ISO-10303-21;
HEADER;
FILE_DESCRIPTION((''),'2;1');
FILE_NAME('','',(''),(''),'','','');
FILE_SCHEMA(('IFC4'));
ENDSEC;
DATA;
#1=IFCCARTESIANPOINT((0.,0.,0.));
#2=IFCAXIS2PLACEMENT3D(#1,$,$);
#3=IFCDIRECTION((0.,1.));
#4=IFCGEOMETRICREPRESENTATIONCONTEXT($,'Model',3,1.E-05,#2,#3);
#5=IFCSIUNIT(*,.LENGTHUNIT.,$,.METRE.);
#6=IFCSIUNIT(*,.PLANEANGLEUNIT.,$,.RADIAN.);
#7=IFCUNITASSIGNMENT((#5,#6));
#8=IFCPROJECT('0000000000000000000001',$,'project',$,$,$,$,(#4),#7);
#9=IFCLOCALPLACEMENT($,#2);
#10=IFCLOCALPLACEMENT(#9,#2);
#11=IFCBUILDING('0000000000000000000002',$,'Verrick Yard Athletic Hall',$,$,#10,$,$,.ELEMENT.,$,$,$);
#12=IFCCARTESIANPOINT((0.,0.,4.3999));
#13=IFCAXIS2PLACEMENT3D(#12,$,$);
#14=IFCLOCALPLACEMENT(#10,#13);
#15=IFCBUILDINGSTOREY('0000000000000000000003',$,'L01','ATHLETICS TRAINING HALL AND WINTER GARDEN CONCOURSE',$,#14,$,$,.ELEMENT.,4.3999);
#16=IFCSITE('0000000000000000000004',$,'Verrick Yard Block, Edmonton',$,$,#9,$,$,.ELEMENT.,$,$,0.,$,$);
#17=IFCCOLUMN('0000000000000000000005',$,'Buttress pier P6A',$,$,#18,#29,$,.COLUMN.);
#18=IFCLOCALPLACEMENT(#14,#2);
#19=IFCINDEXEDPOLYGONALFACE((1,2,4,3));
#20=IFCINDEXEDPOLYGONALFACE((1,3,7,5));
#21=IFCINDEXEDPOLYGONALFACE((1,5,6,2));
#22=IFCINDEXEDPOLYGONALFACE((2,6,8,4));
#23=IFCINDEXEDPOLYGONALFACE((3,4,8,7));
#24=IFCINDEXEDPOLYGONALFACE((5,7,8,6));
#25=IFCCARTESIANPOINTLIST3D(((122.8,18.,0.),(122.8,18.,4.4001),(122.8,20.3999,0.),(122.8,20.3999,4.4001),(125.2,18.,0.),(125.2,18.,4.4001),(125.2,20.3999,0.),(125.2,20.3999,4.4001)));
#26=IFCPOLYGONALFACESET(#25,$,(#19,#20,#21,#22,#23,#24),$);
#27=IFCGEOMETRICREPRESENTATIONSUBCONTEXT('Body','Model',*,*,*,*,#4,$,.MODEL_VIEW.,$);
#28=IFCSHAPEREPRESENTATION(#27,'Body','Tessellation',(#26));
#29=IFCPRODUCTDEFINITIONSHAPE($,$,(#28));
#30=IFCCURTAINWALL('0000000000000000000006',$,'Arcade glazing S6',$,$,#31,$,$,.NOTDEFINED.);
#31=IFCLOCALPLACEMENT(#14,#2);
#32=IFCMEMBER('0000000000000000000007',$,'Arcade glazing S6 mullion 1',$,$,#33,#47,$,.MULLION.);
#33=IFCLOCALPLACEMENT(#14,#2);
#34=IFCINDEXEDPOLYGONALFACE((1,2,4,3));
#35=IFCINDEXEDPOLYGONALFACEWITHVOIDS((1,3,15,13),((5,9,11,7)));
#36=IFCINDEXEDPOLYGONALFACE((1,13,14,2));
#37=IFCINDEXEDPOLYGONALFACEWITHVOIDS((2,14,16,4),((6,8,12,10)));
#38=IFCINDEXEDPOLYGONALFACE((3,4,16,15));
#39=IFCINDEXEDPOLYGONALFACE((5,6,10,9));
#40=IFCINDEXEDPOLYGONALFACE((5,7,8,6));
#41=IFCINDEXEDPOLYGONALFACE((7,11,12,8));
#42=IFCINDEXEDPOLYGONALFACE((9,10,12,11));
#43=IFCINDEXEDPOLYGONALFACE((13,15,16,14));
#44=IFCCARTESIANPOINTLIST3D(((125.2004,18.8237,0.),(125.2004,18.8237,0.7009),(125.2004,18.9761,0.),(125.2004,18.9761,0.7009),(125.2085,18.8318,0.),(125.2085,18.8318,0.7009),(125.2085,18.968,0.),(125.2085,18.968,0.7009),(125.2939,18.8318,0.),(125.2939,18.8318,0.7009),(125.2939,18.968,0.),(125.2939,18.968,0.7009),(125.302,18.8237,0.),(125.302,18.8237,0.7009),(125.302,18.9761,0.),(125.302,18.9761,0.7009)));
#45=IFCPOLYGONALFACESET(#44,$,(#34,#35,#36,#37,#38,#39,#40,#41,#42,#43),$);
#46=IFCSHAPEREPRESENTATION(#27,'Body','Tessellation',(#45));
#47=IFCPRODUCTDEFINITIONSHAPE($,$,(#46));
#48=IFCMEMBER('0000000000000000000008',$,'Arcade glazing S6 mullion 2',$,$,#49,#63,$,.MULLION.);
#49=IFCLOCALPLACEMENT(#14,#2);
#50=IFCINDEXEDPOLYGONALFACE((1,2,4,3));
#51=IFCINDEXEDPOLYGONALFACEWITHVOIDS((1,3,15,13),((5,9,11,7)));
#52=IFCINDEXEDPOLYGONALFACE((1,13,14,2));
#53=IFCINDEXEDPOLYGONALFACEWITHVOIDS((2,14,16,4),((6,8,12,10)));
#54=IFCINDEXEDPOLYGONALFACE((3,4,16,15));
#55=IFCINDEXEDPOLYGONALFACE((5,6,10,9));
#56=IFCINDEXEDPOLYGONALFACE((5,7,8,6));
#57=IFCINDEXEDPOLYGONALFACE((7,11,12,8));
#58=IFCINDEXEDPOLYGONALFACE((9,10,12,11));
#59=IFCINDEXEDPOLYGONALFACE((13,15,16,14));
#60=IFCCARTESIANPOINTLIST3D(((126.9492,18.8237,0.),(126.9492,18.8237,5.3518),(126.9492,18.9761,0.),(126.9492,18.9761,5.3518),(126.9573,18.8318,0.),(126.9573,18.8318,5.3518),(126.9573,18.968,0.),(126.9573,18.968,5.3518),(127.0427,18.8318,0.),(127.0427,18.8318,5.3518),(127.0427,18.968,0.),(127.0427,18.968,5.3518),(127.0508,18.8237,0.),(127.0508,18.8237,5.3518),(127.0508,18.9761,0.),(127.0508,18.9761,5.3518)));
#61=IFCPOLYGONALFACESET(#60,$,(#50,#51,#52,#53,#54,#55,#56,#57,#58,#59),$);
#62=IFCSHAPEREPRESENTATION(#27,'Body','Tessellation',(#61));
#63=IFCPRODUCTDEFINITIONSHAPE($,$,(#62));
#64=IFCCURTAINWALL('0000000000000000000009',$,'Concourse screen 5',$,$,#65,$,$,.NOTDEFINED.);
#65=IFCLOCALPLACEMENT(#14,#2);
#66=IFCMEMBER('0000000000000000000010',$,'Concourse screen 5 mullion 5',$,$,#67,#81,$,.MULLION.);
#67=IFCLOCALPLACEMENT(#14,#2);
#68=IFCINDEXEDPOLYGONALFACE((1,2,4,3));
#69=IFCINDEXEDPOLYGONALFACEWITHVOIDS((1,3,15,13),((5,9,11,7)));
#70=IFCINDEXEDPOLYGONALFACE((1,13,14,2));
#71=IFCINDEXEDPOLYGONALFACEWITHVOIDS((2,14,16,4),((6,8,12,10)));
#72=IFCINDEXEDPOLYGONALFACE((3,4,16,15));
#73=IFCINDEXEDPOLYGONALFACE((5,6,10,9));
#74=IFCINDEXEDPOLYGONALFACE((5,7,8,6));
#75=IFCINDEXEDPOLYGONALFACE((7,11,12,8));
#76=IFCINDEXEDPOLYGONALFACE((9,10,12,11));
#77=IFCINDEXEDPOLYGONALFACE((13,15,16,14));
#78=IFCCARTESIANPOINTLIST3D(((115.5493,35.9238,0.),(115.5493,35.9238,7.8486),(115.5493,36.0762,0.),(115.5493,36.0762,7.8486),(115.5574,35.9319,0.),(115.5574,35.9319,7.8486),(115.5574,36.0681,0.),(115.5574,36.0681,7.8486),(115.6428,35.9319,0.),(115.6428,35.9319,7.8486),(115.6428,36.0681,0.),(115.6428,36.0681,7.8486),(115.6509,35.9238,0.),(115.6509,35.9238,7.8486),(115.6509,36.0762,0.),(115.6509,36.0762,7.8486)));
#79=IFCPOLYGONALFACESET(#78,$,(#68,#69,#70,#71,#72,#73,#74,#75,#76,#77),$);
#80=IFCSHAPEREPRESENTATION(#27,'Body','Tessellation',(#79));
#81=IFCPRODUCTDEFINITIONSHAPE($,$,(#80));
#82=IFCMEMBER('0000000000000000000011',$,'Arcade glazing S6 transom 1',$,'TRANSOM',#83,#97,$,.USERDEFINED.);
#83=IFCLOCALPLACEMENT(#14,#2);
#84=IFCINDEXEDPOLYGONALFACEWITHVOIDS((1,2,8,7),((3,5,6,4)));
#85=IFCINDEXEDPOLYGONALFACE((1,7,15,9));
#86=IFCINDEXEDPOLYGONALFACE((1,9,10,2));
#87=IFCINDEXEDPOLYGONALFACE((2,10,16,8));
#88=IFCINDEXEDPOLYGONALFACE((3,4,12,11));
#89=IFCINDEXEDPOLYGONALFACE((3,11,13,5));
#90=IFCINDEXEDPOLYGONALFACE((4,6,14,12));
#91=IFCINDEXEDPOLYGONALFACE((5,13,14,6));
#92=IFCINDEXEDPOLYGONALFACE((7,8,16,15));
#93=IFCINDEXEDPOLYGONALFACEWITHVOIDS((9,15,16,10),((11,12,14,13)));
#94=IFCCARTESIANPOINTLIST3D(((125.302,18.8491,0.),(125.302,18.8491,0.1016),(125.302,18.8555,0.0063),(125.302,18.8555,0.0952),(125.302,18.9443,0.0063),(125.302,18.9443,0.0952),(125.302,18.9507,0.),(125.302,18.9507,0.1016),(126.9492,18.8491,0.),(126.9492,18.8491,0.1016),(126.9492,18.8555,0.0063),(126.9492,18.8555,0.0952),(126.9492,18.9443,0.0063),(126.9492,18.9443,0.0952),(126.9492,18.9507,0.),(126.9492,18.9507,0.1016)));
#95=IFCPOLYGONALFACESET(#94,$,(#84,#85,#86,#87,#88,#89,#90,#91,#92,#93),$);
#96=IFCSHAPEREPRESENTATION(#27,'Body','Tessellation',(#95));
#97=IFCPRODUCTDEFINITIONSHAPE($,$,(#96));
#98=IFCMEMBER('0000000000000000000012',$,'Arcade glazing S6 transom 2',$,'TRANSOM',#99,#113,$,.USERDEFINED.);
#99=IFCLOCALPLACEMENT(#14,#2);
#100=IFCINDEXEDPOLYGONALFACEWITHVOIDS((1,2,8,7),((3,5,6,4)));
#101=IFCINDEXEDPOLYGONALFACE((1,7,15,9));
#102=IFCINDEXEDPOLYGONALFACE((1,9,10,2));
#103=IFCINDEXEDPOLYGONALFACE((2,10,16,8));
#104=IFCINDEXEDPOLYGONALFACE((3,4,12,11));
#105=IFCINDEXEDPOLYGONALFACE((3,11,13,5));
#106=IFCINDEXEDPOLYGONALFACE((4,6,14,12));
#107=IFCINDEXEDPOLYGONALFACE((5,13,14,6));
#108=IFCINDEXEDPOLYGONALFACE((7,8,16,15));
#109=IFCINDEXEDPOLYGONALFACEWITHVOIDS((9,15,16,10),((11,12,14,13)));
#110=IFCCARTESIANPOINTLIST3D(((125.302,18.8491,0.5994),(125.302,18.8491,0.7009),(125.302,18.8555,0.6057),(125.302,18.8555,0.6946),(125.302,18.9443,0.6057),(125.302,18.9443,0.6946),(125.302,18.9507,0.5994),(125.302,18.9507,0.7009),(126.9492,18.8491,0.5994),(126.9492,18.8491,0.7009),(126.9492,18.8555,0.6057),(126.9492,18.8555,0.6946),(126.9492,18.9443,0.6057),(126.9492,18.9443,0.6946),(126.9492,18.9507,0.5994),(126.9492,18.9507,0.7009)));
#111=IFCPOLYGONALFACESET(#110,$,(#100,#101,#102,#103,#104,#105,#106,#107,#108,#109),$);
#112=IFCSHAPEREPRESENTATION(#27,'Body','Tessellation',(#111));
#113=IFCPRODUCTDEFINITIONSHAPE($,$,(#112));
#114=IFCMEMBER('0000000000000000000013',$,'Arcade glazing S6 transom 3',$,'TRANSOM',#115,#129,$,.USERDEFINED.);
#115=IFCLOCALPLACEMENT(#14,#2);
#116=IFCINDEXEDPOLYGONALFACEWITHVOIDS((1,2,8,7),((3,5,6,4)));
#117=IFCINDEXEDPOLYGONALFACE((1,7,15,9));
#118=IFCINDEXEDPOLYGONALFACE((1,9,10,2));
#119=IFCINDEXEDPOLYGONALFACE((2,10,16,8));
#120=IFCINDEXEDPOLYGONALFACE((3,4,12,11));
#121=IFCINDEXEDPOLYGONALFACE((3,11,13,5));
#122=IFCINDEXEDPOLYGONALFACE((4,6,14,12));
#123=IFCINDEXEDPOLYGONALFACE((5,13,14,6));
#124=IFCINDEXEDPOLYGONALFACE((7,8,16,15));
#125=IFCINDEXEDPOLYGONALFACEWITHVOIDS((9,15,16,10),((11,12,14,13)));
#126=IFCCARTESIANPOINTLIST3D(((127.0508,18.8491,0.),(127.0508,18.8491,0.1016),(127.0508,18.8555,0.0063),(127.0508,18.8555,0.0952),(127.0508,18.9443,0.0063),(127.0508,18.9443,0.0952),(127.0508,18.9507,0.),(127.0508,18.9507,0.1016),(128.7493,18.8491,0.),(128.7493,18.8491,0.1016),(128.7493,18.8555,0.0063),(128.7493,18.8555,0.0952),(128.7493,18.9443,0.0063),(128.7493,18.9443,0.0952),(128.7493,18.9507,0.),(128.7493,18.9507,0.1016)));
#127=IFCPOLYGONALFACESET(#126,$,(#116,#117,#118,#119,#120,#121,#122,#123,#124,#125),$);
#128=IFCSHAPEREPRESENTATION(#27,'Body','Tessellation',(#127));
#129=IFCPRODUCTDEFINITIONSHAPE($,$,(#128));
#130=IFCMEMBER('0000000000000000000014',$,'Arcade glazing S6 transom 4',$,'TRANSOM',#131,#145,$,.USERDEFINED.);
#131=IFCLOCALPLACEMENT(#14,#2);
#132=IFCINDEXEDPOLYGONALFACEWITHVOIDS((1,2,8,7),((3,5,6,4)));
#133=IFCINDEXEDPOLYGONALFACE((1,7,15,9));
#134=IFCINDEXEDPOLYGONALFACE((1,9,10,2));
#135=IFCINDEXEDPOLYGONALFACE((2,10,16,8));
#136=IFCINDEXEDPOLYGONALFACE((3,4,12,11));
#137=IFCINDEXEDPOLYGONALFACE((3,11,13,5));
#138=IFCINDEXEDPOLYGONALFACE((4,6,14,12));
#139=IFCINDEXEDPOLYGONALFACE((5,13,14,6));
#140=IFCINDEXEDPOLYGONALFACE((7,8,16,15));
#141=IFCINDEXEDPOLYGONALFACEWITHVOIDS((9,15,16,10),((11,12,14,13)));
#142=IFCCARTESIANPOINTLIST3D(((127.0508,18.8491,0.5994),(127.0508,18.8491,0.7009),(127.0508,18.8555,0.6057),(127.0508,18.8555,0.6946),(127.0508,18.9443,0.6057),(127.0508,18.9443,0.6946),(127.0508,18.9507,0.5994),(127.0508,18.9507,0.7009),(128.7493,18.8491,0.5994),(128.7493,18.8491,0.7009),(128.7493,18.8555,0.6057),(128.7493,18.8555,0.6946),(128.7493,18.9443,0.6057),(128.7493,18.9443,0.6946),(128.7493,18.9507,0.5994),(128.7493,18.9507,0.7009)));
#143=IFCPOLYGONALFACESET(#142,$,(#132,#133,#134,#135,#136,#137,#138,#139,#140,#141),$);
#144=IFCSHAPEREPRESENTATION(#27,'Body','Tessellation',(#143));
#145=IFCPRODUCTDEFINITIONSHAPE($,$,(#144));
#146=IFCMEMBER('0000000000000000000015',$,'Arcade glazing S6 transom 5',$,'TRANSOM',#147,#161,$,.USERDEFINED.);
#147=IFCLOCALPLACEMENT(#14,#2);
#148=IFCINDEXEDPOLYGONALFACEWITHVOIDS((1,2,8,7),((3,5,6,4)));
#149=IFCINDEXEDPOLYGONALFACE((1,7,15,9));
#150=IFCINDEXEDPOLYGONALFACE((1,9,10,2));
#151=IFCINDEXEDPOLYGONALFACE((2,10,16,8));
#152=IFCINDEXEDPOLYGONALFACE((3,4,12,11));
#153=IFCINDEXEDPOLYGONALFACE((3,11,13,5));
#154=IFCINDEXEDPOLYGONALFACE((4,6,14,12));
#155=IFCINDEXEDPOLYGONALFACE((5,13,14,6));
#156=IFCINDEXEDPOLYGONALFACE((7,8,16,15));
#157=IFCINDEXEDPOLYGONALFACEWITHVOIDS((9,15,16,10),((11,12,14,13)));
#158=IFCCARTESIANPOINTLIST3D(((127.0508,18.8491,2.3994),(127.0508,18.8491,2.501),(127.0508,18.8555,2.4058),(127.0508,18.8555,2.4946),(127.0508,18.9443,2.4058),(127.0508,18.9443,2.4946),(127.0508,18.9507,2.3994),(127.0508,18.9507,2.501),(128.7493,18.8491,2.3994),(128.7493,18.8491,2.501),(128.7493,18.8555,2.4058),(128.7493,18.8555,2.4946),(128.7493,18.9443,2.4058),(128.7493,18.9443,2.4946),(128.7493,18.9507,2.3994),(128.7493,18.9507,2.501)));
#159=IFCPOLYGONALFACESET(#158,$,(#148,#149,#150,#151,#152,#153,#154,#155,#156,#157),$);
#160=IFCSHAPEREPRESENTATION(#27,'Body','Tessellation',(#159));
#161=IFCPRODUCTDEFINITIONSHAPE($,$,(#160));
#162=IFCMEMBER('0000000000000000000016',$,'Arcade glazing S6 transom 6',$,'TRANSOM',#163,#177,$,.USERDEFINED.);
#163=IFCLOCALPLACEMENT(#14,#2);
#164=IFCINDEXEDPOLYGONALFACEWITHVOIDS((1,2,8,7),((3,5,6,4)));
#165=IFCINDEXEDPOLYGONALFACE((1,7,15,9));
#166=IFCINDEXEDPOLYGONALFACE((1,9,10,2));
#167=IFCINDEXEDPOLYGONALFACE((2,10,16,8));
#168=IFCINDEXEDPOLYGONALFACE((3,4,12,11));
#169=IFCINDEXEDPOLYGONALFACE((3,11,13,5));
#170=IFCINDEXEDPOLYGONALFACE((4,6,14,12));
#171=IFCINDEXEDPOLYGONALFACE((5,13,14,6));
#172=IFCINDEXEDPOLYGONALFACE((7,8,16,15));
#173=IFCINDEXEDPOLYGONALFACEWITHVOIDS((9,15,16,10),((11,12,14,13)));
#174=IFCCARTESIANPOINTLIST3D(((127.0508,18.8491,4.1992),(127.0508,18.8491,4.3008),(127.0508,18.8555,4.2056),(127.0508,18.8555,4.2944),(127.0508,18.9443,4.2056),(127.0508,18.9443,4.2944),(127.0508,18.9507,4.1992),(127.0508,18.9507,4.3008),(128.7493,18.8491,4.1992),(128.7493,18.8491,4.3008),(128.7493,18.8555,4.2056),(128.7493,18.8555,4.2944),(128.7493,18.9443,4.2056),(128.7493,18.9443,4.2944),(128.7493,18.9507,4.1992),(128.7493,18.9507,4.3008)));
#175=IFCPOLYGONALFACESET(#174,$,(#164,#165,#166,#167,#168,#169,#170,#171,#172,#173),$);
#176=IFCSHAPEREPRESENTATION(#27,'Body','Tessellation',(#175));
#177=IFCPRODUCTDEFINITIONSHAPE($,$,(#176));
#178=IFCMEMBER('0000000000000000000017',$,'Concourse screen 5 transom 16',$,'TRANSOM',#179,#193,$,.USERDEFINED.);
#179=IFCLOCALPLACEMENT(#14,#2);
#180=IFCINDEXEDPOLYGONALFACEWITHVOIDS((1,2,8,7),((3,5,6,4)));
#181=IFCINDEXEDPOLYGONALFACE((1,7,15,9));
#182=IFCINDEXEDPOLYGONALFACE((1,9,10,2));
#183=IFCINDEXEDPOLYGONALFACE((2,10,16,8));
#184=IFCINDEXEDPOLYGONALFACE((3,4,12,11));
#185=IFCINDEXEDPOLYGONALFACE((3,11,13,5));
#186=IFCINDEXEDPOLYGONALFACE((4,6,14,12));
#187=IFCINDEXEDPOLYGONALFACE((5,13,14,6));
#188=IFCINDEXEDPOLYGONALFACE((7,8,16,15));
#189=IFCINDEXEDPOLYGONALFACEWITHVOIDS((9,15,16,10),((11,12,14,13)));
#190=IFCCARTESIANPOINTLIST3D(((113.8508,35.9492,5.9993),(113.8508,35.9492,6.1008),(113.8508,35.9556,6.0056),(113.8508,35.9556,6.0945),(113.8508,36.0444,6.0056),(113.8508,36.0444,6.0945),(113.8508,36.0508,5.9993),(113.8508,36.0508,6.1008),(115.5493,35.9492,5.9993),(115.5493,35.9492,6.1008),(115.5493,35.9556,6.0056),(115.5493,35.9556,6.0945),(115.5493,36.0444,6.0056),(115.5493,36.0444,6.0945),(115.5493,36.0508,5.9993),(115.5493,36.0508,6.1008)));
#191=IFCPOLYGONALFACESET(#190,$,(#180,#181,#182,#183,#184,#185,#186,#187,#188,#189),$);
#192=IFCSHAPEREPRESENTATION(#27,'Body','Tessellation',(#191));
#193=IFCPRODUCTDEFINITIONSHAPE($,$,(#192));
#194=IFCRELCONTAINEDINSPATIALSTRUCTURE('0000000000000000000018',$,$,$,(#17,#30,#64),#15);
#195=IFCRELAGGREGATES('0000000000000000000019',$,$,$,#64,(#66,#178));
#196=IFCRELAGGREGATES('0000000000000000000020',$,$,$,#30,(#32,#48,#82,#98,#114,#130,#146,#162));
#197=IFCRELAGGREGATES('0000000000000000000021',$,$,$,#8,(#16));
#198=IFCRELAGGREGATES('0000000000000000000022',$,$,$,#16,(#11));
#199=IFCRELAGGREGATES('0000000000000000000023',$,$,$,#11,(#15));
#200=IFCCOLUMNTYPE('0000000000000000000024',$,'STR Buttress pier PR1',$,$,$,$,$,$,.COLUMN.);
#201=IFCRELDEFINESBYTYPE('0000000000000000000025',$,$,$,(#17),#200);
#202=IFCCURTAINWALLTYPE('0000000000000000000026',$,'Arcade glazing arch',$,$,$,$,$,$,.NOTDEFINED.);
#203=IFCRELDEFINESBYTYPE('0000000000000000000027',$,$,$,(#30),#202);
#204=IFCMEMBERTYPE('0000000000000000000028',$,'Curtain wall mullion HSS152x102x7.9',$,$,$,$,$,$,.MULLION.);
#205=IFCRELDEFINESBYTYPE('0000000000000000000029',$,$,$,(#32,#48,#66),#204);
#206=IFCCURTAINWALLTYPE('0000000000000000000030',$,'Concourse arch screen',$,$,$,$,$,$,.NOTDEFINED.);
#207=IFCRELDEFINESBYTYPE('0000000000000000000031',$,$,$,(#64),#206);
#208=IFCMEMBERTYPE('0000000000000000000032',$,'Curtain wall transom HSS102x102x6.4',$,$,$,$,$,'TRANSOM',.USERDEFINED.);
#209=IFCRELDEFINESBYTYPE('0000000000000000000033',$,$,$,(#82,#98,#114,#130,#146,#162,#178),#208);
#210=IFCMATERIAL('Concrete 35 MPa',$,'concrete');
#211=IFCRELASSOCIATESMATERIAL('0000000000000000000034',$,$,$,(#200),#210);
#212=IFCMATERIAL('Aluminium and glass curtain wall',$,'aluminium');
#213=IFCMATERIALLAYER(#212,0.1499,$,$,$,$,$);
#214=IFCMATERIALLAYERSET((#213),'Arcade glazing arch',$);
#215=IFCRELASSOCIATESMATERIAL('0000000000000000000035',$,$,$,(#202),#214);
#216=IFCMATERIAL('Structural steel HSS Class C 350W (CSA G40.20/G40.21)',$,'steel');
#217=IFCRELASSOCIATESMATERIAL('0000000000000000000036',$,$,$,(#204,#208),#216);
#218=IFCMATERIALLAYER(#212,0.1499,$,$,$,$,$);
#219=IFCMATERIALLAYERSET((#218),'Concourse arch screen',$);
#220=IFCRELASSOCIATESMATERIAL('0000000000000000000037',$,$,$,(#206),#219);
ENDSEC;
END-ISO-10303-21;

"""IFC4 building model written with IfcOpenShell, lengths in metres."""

from ifc_helpers import new_model, si_unit, direction, frame, origin, origin_2d, place, context, subcontext, project, spatial, rectangle, hollow_rectangle, extrude, material, layer, layer_set, material_profile, profile_set, type_object, element, aggregate, save


model = new_model("IFC4")

# Units and contexts
model_context = context("Model", 3, precision=1e-05, world=origin(), true_north=direction((0.0, 1.0)))
body_context = subcontext(model_context, "Body", "Model", "MODEL_VIEW")
ifc_project = project(units=[si_unit("LENGTHUNIT", "METRE"), si_unit("PLANEANGLEUNIT", "RADIAN")], contexts=[model_context])

# Site, building, storey
site_placement = place(None, origin())
site = spatial("IfcSite", under=ifc_project, at=site_placement, Name="Verrick Yard Block, Edmonton", CompositionType="ELEMENT", RefElevation=0.0)
building_placement = place(site_placement, origin())
building = spatial("IfcBuilding", under=site, at=building_placement, Name="Verrick Yard Athletic Hall", CompositionType="ELEMENT")
storey_placement = place(building_placement, frame((0.0, 0.0, 4.3999)))
storey = spatial("IfcBuildingStorey", under=building, at=storey_placement, Name="L01", Description="ATHLETICS TRAINING HALL AND WINTER GARDEN CONCOURSE", CompositionType="ELEMENT", Elevation=4.3999)

# Column
ifc_material_1 = material(Name="Concrete 35 MPa", Category="concrete")
ifc_material_profile_1 = material_profile(ifc_material_1, rectangle(XDim=2.3999, YDim=2.3999, at=origin_2d()), Name="STR Buttress pier PR1")
ifc_profile_set_1 = profile_set([ifc_material_profile_1], Name="Concrete 35 MPa")
column_type = type_object("IfcColumnType", Name="STR Buttress pier PR1", PredefinedType="COLUMN", material=ifc_profile_set_1)
column_placement = place(storey_placement, frame((124.0, 19.2, 0.0), z_axis=(0.0, 0.0, 1.0), x_axis=(1.0, 0.0, 0.0)))
element("IfcColumn", 1, at=column_placement, inside=storey, type_object=column_type, Name="Buttress pier P6A", PredefinedType="COLUMN", context=body_context, shape_type="SweptSolid", body=[
    extrude(rectangle(XDim=2.3999, YDim=2.3999, at=origin_2d()), origin(), (0.0, 0.0, 1.0), 4.4001),
])

# Curtain wall, members
ifc_material_2 = material(Name="Aluminium and glass curtain wall", Category="aluminium")
ifc_layer_1 = layer(ifc_material_2, 0.1499)
ifc_layer_set_1 = layer_set([ifc_layer_1], Name="Arcade glazing arch")
curtain_wall_type_1 = type_object("IfcCurtainWallType", Name="Arcade glazing arch", PredefinedType="NOTDEFINED", material=ifc_layer_set_1)
curtain_wall_1_placement = place(storey_placement, origin())
curtain_wall_1 = element("IfcCurtainWall", 2, at=curtain_wall_1_placement, inside=storey, type_object=curtain_wall_type_1, Name="Arcade glazing S6", PredefinedType="NOTDEFINED")
ifc_material_3 = material(Name="Structural steel HSS Class C 350W (CSA G40.20/G40.21)", Category="steel")
ifc_material_profile_2 = material_profile(ifc_material_3, hollow_rectangle(XDim=0.1016, YDim=0.1523, WallThickness=0.0081, at=origin_2d()), Name="HSS152x102x7.9")
ifc_profile_set_2 = profile_set([ifc_material_profile_2], Name="Structural steel HSS Class C 350W (CSA G40.20/G40.21)")
member_type_1 = type_object("IfcMemberType", Name="Curtain wall mullion HSS152x102x7.9", PredefinedType="MULLION", material=ifc_profile_set_2)
member_1_placement = place(storey_placement, frame((125.2512, 18.8999, 0.0), z_axis=(0.0, 0.0, 1.0), x_axis=(1.0, 0.0, 0.0)))
member_1 = element("IfcMember", 3, at=member_1_placement, type_object=member_type_1, Name="Arcade glazing S6 mullion 1", PredefinedType="MULLION", context=body_context, shape_type="SweptSolid", body=[
    extrude(hollow_rectangle(XDim=0.1016, YDim=0.1523, WallThickness=0.0081, at=origin_2d()), origin(), (0.0, 0.0, 1.0), 0.7009),
])
member_2_placement = place(storey_placement, frame((127.0, 18.8999, 0.0), z_axis=(0.0, 0.0, 1.0), x_axis=(1.0, 0.0, 0.0)))
member_2 = element("IfcMember", 4, at=member_2_placement, type_object=member_type_1, Name="Arcade glazing S6 mullion 2", PredefinedType="MULLION", context=body_context, shape_type="SweptSolid", body=[
    extrude(hollow_rectangle(XDim=0.1016, YDim=0.1523, WallThickness=0.0081, at=origin_2d()), origin(), (0.0, 0.0, 1.0), 5.3518),
])

# Curtain wall, member
ifc_layer_2 = layer(ifc_material_2, 0.1499)
ifc_layer_set_2 = layer_set([ifc_layer_2], Name="Concourse arch screen")
curtain_wall_type_2 = type_object("IfcCurtainWallType", Name="Concourse arch screen", PredefinedType="NOTDEFINED", material=ifc_layer_set_2)
curtain_wall_2_placement = place(storey_placement, origin())
curtain_wall_2 = element("IfcCurtainWall", 5, at=curtain_wall_2_placement, inside=storey, type_object=curtain_wall_type_2, Name="Concourse screen 5", PredefinedType="NOTDEFINED")
member_3_placement = place(storey_placement, frame((115.6001, 36.0, 0.0), z_axis=(0.0, 0.0, 1.0), x_axis=(1.0, 0.0, 0.0)))
member_3 = element("IfcMember", 6, at=member_3_placement, type_object=member_type_1, Name="Concourse screen 5 mullion 5", PredefinedType="MULLION", context=body_context, shape_type="SweptSolid", body=[
    extrude(hollow_rectangle(XDim=0.1016, YDim=0.1523, WallThickness=0.0081, at=origin_2d()), origin(), (0.0, 0.0, 1.0), 7.8486),
])

# Members
ifc_material_profile_3 = material_profile(ifc_material_3, hollow_rectangle(XDim=0.1016, YDim=0.1016, WallThickness=0.0063, at=origin_2d()), Name="HSS102x102x6.4")
ifc_profile_set_3 = profile_set([ifc_material_profile_3], Name="Structural steel HSS Class C 350W (CSA G40.20/G40.21)")
member_type_2 = type_object("IfcMemberType", Name="Curtain wall transom HSS102x102x6.4", ElementType="TRANSOM", PredefinedType="USERDEFINED", material=ifc_profile_set_3)
member_4_placement = place(storey_placement, frame((125.302, 18.8999, 0.0508), z_axis=(1.0, 0.0, 0.0), x_axis=(0.0, 1.0, 0.0)))
member_4 = element("IfcMember", 7, at=member_4_placement, type_object=member_type_2, Name="Arcade glazing S6 transom 1", ObjectType="TRANSOM", PredefinedType="USERDEFINED", context=body_context, shape_type="SweptSolid", body=[
    extrude(hollow_rectangle(XDim=0.1016, YDim=0.1016, WallThickness=0.0063, at=origin_2d()), origin(), (0.0, 0.0, 1.0), 1.6472),
])
member_5_placement = place(storey_placement, frame((125.302, 18.8999, 0.6501), z_axis=(1.0, 0.0, 0.0), x_axis=(0.0, 1.0, 0.0)))
member_5 = element("IfcMember", 8, at=member_5_placement, type_object=member_type_2, Name="Arcade glazing S6 transom 2", ObjectType="TRANSOM", PredefinedType="USERDEFINED", context=body_context, shape_type="SweptSolid", body=[
    extrude(hollow_rectangle(XDim=0.1016, YDim=0.1016, WallThickness=0.0063, at=origin_2d()), origin(), (0.0, 0.0, 1.0), 1.6472),
])
member_6_placement = place(storey_placement, frame((127.0508, 18.8999, 0.0508), z_axis=(1.0, 0.0, 0.0), x_axis=(0.0, 1.0, 0.0)))
member_6 = element("IfcMember", 9, at=member_6_placement, type_object=member_type_2, Name="Arcade glazing S6 transom 3", ObjectType="TRANSOM", PredefinedType="USERDEFINED", context=body_context, shape_type="SweptSolid", body=[
    extrude(hollow_rectangle(XDim=0.1016, YDim=0.1016, WallThickness=0.0063, at=origin_2d()), origin(), (0.0, 0.0, 1.0), 1.6985),
])
member_7_placement = place(storey_placement, frame((127.0508, 18.8999, 0.6501), z_axis=(1.0, 0.0, 0.0), x_axis=(0.0, 1.0, 0.0)))
member_7 = element("IfcMember", 10, at=member_7_placement, type_object=member_type_2, Name="Arcade glazing S6 transom 4", ObjectType="TRANSOM", PredefinedType="USERDEFINED", context=body_context, shape_type="SweptSolid", body=[
    extrude(hollow_rectangle(XDim=0.1016, YDim=0.1016, WallThickness=0.0063, at=origin_2d()), origin(), (0.0, 0.0, 1.0), 1.6985),
])
member_8_placement = place(storey_placement, frame((127.0508, 18.8999, 2.4502), z_axis=(1.0, 0.0, 0.0), x_axis=(0.0, 1.0, 0.0)))
member_8 = element("IfcMember", 11, at=member_8_placement, type_object=member_type_2, Name="Arcade glazing S6 transom 5", ObjectType="TRANSOM", PredefinedType="USERDEFINED", context=body_context, shape_type="SweptSolid", body=[
    extrude(hollow_rectangle(XDim=0.1016, YDim=0.1016, WallThickness=0.0063, at=origin_2d()), origin(), (0.0, 0.0, 1.0), 1.6985),
])
member_9_placement = place(storey_placement, frame((127.0508, 18.8999, 4.25), z_axis=(1.0, 0.0, 0.0), x_axis=(0.0, 1.0, 0.0)))
member_9 = element("IfcMember", 12, at=member_9_placement, type_object=member_type_2, Name="Arcade glazing S6 transom 6", ObjectType="TRANSOM", PredefinedType="USERDEFINED", context=body_context, shape_type="SweptSolid", body=[
    extrude(hollow_rectangle(XDim=0.1016, YDim=0.1016, WallThickness=0.0063, at=origin_2d()), origin(), (0.0, 0.0, 1.0), 1.6985),
])
member_10_placement = place(storey_placement, frame((113.8508, 36.0, 6.05), z_axis=(1.0, 0.0, 0.0), x_axis=(0.0, 1.0, 0.0)))
member_10 = element("IfcMember", 13, at=member_10_placement, type_object=member_type_2, Name="Concourse screen 5 transom 16", ObjectType="TRANSOM", PredefinedType="USERDEFINED", context=body_context, shape_type="SweptSolid", body=[
    extrude(hollow_rectangle(XDim=0.1016, YDim=0.1016, WallThickness=0.0063, at=origin_2d()), origin(), (0.0, 0.0, 1.0), 1.6985),
])
aggregate(curtain_wall_2, [member_3, member_10])

aggregate(curtain_wall_1, [member_1, member_2, member_4, member_5, member_6, member_7, member_8, member_9])

save(model, "model.ifc")
